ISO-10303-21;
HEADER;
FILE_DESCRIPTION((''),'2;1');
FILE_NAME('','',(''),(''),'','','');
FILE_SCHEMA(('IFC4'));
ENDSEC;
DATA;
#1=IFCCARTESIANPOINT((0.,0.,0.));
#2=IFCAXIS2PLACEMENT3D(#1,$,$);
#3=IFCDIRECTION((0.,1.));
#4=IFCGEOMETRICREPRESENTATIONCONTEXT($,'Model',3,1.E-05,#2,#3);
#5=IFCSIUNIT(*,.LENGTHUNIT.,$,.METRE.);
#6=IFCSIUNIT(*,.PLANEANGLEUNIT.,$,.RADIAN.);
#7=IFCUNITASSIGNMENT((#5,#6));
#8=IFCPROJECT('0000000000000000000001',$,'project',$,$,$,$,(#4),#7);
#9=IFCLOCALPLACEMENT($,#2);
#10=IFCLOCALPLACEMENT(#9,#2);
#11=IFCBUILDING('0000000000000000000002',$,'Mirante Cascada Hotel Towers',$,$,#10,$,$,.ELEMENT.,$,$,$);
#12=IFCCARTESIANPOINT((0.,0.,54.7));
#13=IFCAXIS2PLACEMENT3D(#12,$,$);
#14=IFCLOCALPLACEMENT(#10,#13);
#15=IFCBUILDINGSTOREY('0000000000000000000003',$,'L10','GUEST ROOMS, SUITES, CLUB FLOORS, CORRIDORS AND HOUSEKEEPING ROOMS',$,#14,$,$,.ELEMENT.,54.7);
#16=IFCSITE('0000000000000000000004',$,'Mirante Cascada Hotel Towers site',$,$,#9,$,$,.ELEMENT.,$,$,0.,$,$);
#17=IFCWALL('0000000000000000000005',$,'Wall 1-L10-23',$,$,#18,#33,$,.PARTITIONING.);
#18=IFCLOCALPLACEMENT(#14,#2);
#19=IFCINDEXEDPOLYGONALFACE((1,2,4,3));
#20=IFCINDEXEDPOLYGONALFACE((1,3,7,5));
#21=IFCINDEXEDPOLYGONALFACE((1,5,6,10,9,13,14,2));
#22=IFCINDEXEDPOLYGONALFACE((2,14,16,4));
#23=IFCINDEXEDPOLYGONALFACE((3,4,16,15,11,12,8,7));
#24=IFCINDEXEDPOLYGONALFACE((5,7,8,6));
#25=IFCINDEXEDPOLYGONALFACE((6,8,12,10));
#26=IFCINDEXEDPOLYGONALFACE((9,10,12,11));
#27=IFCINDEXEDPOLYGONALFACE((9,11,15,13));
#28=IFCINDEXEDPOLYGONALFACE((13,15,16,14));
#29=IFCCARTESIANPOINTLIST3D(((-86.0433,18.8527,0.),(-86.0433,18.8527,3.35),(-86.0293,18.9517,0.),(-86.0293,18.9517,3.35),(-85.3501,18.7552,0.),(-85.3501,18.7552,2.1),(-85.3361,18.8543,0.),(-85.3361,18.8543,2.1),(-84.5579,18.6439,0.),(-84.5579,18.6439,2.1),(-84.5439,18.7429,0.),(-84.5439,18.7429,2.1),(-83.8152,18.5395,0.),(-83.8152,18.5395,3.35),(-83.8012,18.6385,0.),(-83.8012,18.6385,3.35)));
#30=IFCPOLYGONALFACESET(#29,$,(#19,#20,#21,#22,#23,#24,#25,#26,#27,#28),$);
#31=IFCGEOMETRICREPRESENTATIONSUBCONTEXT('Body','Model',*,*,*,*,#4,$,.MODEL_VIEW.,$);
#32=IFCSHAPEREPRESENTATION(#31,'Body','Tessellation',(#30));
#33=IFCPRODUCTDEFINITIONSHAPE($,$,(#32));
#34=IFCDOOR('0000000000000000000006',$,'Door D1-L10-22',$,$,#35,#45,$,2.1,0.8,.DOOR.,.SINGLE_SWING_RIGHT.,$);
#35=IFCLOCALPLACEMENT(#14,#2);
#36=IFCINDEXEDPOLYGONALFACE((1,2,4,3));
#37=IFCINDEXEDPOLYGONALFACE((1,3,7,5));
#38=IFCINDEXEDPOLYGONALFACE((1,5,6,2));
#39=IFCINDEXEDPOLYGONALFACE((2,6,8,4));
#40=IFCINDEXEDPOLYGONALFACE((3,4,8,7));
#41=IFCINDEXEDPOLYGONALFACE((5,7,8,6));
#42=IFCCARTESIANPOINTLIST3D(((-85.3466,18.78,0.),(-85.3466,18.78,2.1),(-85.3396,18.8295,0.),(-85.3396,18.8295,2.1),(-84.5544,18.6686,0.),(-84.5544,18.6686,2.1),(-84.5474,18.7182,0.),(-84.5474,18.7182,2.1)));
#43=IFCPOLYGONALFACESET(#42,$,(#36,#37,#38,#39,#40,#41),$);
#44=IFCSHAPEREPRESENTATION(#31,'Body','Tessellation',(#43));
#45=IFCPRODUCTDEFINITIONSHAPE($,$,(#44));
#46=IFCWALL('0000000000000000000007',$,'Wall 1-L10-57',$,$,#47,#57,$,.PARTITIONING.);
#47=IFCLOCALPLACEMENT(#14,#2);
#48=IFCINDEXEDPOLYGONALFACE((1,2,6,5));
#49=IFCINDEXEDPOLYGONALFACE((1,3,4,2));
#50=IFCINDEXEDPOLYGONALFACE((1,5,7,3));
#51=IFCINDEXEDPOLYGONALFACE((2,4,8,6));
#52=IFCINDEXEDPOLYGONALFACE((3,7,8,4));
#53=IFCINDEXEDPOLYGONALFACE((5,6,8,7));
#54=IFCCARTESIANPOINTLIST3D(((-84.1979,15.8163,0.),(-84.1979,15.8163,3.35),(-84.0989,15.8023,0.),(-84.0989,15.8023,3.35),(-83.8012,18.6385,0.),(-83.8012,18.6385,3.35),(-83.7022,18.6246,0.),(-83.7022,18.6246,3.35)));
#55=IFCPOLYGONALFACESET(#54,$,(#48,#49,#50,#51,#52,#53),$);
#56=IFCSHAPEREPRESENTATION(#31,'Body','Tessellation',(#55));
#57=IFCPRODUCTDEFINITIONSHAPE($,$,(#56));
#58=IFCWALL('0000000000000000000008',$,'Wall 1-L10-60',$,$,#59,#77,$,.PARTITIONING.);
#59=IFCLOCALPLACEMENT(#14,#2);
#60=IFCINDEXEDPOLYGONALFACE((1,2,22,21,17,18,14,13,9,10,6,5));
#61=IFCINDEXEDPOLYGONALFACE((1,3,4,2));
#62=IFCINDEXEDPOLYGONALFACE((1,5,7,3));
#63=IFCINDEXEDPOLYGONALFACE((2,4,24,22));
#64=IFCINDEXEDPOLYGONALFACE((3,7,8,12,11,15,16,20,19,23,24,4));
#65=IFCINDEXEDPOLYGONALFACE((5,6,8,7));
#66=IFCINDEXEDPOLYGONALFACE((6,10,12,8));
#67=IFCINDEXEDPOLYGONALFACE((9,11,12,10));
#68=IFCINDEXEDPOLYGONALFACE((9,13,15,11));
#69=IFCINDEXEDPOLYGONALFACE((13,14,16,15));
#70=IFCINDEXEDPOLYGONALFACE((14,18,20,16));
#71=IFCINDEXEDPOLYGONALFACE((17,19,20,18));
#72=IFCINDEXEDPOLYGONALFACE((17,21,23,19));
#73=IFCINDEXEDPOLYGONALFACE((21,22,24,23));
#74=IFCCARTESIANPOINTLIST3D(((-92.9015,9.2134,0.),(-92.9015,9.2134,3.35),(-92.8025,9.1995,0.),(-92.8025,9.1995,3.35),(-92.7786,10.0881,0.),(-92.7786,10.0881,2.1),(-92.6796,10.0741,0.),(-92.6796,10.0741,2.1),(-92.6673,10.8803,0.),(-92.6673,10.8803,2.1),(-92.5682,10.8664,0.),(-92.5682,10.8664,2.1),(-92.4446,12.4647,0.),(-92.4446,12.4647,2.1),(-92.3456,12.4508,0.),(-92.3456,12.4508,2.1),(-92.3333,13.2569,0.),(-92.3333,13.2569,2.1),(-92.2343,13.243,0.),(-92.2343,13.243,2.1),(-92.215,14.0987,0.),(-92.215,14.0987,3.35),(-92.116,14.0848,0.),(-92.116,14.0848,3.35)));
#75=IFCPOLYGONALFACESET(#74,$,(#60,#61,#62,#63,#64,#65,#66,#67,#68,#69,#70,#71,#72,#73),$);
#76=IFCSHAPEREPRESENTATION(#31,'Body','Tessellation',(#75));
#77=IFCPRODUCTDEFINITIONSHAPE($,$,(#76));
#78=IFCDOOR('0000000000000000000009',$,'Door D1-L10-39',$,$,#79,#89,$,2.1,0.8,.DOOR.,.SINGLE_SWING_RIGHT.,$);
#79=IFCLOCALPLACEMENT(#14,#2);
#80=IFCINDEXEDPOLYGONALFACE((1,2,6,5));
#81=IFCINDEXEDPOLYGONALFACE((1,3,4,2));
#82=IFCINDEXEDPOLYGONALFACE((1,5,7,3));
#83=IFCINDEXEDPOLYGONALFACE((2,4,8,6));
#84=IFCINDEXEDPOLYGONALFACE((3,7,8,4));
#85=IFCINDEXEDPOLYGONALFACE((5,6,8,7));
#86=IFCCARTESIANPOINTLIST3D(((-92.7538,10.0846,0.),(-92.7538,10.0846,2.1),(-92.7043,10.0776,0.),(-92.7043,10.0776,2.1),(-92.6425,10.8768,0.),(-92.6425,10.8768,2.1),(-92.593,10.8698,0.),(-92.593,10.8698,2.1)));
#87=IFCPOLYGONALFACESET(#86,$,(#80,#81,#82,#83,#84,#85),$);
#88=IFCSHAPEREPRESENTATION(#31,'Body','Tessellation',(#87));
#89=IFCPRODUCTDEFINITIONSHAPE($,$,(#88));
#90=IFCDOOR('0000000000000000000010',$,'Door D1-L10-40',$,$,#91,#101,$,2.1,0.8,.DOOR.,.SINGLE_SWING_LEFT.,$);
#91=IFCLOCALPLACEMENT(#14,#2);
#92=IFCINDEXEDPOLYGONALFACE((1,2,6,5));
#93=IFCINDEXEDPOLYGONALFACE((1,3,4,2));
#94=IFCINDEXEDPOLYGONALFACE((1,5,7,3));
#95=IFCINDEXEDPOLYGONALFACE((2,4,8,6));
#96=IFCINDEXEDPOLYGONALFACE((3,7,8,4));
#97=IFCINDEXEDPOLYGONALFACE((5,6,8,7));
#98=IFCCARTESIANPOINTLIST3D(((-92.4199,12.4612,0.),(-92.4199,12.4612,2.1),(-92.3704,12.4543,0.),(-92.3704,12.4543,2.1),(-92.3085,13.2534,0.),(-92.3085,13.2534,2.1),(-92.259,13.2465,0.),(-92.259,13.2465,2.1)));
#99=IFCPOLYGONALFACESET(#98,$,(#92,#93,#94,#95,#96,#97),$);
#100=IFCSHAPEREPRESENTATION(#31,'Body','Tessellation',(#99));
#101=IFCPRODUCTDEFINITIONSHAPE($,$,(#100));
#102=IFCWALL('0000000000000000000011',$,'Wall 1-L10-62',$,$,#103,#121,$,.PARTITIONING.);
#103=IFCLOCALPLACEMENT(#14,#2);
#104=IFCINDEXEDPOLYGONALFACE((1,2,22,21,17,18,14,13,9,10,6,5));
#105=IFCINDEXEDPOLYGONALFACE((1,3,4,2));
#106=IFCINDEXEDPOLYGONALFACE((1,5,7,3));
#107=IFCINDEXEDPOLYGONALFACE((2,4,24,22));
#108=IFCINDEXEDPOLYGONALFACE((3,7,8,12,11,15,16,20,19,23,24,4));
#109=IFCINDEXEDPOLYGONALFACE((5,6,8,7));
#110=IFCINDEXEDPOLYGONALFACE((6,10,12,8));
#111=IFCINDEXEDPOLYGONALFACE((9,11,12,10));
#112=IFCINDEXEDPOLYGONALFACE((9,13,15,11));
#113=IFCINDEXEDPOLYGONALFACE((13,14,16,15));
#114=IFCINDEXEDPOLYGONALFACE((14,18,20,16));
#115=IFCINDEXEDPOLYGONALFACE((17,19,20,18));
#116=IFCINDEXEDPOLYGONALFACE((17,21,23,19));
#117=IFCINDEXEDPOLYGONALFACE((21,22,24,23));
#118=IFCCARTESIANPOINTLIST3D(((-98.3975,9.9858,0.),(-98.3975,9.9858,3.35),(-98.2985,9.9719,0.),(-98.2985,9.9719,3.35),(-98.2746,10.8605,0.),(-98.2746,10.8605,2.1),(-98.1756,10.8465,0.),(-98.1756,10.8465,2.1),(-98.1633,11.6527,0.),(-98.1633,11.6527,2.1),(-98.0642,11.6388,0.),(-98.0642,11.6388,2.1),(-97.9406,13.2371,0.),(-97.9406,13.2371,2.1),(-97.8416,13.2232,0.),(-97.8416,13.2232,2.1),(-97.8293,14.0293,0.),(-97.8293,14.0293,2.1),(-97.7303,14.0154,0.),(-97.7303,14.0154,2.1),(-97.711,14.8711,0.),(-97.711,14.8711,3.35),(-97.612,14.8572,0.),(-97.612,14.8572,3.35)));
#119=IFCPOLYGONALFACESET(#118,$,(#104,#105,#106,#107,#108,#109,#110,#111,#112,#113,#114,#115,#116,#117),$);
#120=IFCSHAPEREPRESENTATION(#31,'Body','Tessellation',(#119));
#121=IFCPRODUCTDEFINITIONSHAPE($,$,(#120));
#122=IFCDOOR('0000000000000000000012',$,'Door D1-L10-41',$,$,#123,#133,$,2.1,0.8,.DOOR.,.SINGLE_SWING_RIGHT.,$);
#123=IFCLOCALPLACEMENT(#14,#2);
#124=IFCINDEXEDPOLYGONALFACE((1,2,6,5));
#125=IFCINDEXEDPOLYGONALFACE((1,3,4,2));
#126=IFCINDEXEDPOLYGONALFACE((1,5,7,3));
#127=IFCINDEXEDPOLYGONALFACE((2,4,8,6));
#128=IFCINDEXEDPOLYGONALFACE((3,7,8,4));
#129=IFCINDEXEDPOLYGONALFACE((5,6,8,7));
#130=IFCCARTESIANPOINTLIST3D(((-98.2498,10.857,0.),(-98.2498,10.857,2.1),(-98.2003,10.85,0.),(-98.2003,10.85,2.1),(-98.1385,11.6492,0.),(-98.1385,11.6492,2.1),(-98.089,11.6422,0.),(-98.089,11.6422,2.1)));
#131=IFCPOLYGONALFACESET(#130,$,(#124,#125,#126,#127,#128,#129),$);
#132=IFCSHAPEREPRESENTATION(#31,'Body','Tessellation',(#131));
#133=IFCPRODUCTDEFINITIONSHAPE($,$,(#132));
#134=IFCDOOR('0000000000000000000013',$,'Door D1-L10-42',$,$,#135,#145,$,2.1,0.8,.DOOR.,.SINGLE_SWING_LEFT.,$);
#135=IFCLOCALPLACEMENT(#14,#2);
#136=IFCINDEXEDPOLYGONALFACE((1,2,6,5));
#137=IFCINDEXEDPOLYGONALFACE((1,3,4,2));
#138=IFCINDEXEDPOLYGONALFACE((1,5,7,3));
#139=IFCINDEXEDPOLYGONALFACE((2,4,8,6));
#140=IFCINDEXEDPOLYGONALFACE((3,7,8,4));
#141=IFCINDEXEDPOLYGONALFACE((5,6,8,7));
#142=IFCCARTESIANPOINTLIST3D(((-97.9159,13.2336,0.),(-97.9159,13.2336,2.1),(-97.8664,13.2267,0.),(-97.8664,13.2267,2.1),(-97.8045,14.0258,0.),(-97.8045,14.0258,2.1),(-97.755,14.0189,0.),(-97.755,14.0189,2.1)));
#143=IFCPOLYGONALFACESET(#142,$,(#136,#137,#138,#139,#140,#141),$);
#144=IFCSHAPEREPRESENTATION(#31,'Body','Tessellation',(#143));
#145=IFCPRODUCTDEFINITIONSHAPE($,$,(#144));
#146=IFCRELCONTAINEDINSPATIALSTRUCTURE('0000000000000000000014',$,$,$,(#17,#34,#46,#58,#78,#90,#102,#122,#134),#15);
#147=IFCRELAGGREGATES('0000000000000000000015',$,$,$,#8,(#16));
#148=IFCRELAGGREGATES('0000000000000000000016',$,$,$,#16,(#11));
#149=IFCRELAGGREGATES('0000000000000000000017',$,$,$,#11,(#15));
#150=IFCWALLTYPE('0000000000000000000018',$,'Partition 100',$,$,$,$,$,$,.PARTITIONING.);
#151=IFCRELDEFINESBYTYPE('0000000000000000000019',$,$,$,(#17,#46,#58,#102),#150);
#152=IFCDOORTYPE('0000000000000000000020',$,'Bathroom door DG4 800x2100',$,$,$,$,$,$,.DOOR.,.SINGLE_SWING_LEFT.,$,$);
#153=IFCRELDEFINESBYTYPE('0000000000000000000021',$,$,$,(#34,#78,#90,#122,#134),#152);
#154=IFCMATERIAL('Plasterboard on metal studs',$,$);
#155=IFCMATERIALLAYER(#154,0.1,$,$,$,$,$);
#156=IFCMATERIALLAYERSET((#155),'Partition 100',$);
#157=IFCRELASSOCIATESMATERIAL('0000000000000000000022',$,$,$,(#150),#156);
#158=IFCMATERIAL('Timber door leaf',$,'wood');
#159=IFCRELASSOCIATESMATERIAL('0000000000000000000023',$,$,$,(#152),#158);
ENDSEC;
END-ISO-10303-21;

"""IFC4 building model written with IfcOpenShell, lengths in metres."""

from ifc_helpers import new_model, si_unit, direction, frame, frame_2d, origin, place, context, subcontext, project, spatial, rectangle, extrude, material, layer, layer_set, type_object, element, fill, save


model = new_model("IFC4")

# Units and contexts
model_context = context("Model", 3, precision=1e-05, world=origin(), true_north=direction((0.0, 1.0)))
body_context = subcontext(model_context, "Body", "Model", "MODEL_VIEW")
ifc_project = project(units=[si_unit("LENGTHUNIT", "METRE"), si_unit("PLANEANGLEUNIT", "RADIAN")], contexts=[model_context])

# Site, building, storey
site_placement = place(None, origin())
site = spatial("IfcSite", under=ifc_project, at=site_placement, Name="Mirante Cascada Hotel Towers site", CompositionType="ELEMENT", RefElevation=0.0)
building_placement = place(site_placement, origin())
building = spatial("IfcBuilding", under=site, at=building_placement, Name="Mirante Cascada Hotel Towers", CompositionType="ELEMENT")
storey_placement = place(building_placement, frame((0.0, 0.0, 54.7)))
storey = spatial("IfcBuildingStorey", under=building, at=storey_placement, Name="L10", Description="GUEST ROOMS, SUITES, CLUB FLOORS, CORRIDORS AND HOUSEKEEPING ROOMS", CompositionType="ELEMENT", Elevation=54.7)

# Shared definitions
ifc_material_1 = material(Name="Plasterboard on metal studs")
ifc_layer_1 = layer(ifc_material_1, 0.1)
ifc_layer_set_1 = layer_set([ifc_layer_1], Name="Partition 100")
wall_type_1 = type_object("IfcWallType", Name="Partition 100", PredefinedType="PARTITIONING", material=ifc_layer_set_1)

# Wall, opening, door
wall_1_placement = place(storey_placement, frame((-83.8082, 18.589, 0.0), z_axis=(0.0, 0.0, 1.0), x_axis=(-0.990264, 0.1392, 0.0)))
wall_1 = element("IfcWall", 1, at=wall_1_placement, inside=storey, type_object=wall_type_1, Name="Wall 1-L10-23", PredefinedType="PARTITIONING", context=body_context, shape_type="SweptSolid", body=[
    extrude(rectangle(XDim=2.25, YDim=0.1, at=frame_2d((1.125, 0.0))), origin(), (0.0, 0.0, 1.0), 3.35),
])
opening_1_placement = place(wall_1_placement, frame((0.75, 0.0, 0.0)))
opening_1 = element("IfcOpeningElement", 2, at=opening_1_placement, cuts=wall_1, PredefinedType="OPENING", context=body_context, shape_type="SweptSolid", body=[
    extrude(rectangle(XDim=0.8, YDim=2.1, at=frame_2d((0.4, 1.05))), frame((0.0, 0.05, 0.0), z_axis=(0.0, -1.0, 0.0), x_axis=(1.0, 0.0, 0.0)), (0.0, 0.0, 1.0), 0.1),
])
ifc_material_2 = material(Name="Timber door leaf", Category="wood")
door_type_1 = type_object("IfcDoorType", Name="Bathroom door DG4 800x2100", OperationType="SINGLE_SWING_LEFT", PredefinedType="DOOR", material=ifc_material_2)
door_1_placement = place(opening_1_placement, frame((0.8, 0.0, 0.0), z_axis=(0.0, 0.0, 1.0), x_axis=(-1.0, 0.0, 0.0)))
door_1 = element("IfcDoor", 3, at=door_1_placement, inside=storey, type_object=door_type_1, Name="Door D1-L10-22", OperationType="SINGLE_SWING_RIGHT", OverallHeight=2.1, OverallWidth=0.8, PredefinedType="DOOR", context=body_context, shape_type="SweptSolid", body=[
    extrude(rectangle(XDim=0.8, YDim=2.1, at=frame_2d((0.4, 1.05))), frame((0.0, 0.025, 0.0), z_axis=(0.0, -1.0, 0.0), x_axis=(1.0, 0.0, 0.0)), (0.0, 0.0, 1.0), 0.05),
])
fill(opening_1, door_1)

# Wall
wall_2_placement = place(storey_placement, frame((-84.1484, 15.8093, 0.0), z_axis=(0.0, 0.0, 1.0), x_axis=(0.139191, 0.990266, 0.0)))
element("IfcWall", 4, at=wall_2_placement, inside=storey, type_object=wall_type_1, Name="Wall 1-L10-57", PredefinedType="PARTITIONING", context=body_context, shape_type="SweptSolid", body=[
    extrude(rectangle(XDim=2.85, YDim=0.1, at=frame_2d((1.425, 0.0))), origin(), (0.0, 0.0, 1.0), 3.35),
])

# Walls, openings, doors
wall_3_placement = place(storey_placement, frame((-92.1655, 14.0917, 0.0), z_axis=(0.0, 0.0, 1.0), x_axis=(-0.139156, -0.99027, 0.0)))
wall_3 = element("IfcWall", 5, at=wall_3_placement, inside=storey, type_object=wall_type_1, Name="Wall 1-L10-60", PredefinedType="PARTITIONING", context=body_context, shape_type="SweptSolid", body=[
    extrude(rectangle(XDim=4.9333, YDim=0.1, at=frame_2d((2.4666, 0.0))), origin(), (0.0, 0.0, 1.0), 3.35),
])
opening_2_placement = place(wall_3_placement, frame((3.25, 0.0, 0.0)))
opening_2 = element("IfcOpeningElement", 6, at=opening_2_placement, cuts=wall_3, PredefinedType="OPENING", context=body_context, shape_type="SweptSolid", body=[
    extrude(rectangle(XDim=0.8, YDim=2.1, at=frame_2d((0.4, 1.05))), frame((0.0, 0.05, 0.0), z_axis=(0.0, -1.0, 0.0), x_axis=(1.0, 0.0, 0.0)), (0.0, 0.0, 1.0), 0.1),
])
opening_3_placement = place(wall_3_placement, frame((0.85, 0.0, 0.0)))
opening_3 = element("IfcOpeningElement", 7, at=opening_3_placement, cuts=wall_3, PredefinedType="OPENING", context=body_context, shape_type="SweptSolid", body=[
    extrude(rectangle(XDim=0.8, YDim=2.1, at=frame_2d((0.4, 1.05))), frame((0.0, 0.05, 0.0), z_axis=(0.0, -1.0, 0.0), x_axis=(1.0, 0.0, 0.0)), (0.0, 0.0, 1.0), 0.1),
])
door_2_placement = place(opening_2_placement, frame((0.8, 0.0, 0.0), z_axis=(0.0, 0.0, 1.0), x_axis=(-1.0, 0.0, 0.0)))
door_2 = element("IfcDoor", 8, at=door_2_placement, inside=storey, type_object=door_type_1, Name="Door D1-L10-39", OperationType="SINGLE_SWING_RIGHT", OverallHeight=2.1, OverallWidth=0.8, PredefinedType="DOOR", context=body_context, shape_type="SweptSolid", body=[
    extrude(rectangle(XDim=0.8, YDim=2.1, at=frame_2d((0.4, 1.05))), frame((0.0, 0.025, 0.0), z_axis=(0.0, -1.0, 0.0), x_axis=(1.0, 0.0, 0.0)), (0.0, 0.0, 1.0), 0.05),
])
fill(opening_2, door_2)
door_3_placement = place(opening_3_placement, origin())
door_3 = element("IfcDoor", 9, at=door_3_placement, inside=storey, type_object=door_type_1, Name="Door D1-L10-40", OperationType="SINGLE_SWING_LEFT", OverallHeight=2.1, OverallWidth=0.8, PredefinedType="DOOR", context=body_context, shape_type="SweptSolid", body=[
    extrude(rectangle(XDim=0.8, YDim=2.1, at=frame_2d((0.4, 1.05))), frame((0.0, 0.025, 0.0), z_axis=(0.0, -1.0, 0.0), x_axis=(1.0, 0.0, 0.0)), (0.0, 0.0, 1.0), 0.05),
])
fill(opening_3, door_3)
wall_4_placement = place(storey_placement, frame((-97.6615, 14.8641, 0.0), z_axis=(0.0, 0.0, 1.0), x_axis=(-0.139156, -0.99027, 0.0)))
wall_4 = element("IfcWall", 10, at=wall_4_placement, inside=storey, type_object=wall_type_1, Name="Wall 1-L10-62", PredefinedType="PARTITIONING", context=body_context, shape_type="SweptSolid", body=[
    extrude(rectangle(XDim=4.9333, YDim=0.1, at=frame_2d((2.4666, 0.0))), origin(), (0.0, 0.0, 1.0), 3.35),
])
opening_4_placement = place(wall_4_placement, frame((3.25, 0.0, 0.0)))
opening_4 = element("IfcOpeningElement", 11, at=opening_4_placement, cuts=wall_4, PredefinedType="OPENING", context=body_context, shape_type="SweptSolid", body=[
    extrude(rectangle(XDim=0.8, YDim=2.1, at=frame_2d((0.4, 1.05))), frame((0.0, 0.05, 0.0), z_axis=(0.0, -1.0, 0.0), x_axis=(1.0, 0.0, 0.0)), (0.0, 0.0, 1.0), 0.1),
])
opening_5_placement = place(wall_4_placement, frame((0.85, 0.0, 0.0)))
opening_5 = element("IfcOpeningElement", 12, at=opening_5_placement, cuts=wall_4, PredefinedType="OPENING", context=body_context, shape_type="SweptSolid", body=[
    extrude(rectangle(XDim=0.8, YDim=2.1, at=frame_2d((0.4, 1.05))), frame((0.0, 0.05, 0.0), z_axis=(0.0, -1.0, 0.0), x_axis=(1.0, 0.0, 0.0)), (0.0, 0.0, 1.0), 0.1),
])
door_4_placement = place(opening_4_placement, frame((0.8, 0.0, 0.0), z_axis=(0.0, 0.0, 1.0), x_axis=(-1.0, 0.0, 0.0)))
door_4 = element("IfcDoor", 13, at=door_4_placement, inside=storey, type_object=door_type_1, Name="Door D1-L10-41", OperationType="SINGLE_SWING_RIGHT", OverallHeight=2.1, OverallWidth=0.8, PredefinedType="DOOR", context=body_context, shape_type="SweptSolid", body=[
    extrude(rectangle(XDim=0.8, YDim=2.1, at=frame_2d((0.4, 1.05))), frame((0.0, 0.025, 0.0), z_axis=(0.0, -1.0, 0.0), x_axis=(1.0, 0.0, 0.0)), (0.0, 0.0, 1.0), 0.05),
])
fill(opening_4, door_4)
door_5_placement = place(opening_5_placement, origin())
door_5 = element("IfcDoor", 14, at=door_5_placement, inside=storey, type_object=door_type_1, Name="Door D1-L10-42", OperationType="SINGLE_SWING_LEFT", OverallHeight=2.1, OverallWidth=0.8, PredefinedType="DOOR", context=body_context, shape_type="SweptSolid", body=[
    extrude(rectangle(XDim=0.8, YDim=2.1, at=frame_2d((0.4, 1.05))), frame((0.0, 0.025, 0.0), z_axis=(0.0, -1.0, 0.0), x_axis=(1.0, 0.0, 0.0)), (0.0, 0.0, 1.0), 0.05),
])
fill(opening_5, door_5)

save(model, "model.ifc")
